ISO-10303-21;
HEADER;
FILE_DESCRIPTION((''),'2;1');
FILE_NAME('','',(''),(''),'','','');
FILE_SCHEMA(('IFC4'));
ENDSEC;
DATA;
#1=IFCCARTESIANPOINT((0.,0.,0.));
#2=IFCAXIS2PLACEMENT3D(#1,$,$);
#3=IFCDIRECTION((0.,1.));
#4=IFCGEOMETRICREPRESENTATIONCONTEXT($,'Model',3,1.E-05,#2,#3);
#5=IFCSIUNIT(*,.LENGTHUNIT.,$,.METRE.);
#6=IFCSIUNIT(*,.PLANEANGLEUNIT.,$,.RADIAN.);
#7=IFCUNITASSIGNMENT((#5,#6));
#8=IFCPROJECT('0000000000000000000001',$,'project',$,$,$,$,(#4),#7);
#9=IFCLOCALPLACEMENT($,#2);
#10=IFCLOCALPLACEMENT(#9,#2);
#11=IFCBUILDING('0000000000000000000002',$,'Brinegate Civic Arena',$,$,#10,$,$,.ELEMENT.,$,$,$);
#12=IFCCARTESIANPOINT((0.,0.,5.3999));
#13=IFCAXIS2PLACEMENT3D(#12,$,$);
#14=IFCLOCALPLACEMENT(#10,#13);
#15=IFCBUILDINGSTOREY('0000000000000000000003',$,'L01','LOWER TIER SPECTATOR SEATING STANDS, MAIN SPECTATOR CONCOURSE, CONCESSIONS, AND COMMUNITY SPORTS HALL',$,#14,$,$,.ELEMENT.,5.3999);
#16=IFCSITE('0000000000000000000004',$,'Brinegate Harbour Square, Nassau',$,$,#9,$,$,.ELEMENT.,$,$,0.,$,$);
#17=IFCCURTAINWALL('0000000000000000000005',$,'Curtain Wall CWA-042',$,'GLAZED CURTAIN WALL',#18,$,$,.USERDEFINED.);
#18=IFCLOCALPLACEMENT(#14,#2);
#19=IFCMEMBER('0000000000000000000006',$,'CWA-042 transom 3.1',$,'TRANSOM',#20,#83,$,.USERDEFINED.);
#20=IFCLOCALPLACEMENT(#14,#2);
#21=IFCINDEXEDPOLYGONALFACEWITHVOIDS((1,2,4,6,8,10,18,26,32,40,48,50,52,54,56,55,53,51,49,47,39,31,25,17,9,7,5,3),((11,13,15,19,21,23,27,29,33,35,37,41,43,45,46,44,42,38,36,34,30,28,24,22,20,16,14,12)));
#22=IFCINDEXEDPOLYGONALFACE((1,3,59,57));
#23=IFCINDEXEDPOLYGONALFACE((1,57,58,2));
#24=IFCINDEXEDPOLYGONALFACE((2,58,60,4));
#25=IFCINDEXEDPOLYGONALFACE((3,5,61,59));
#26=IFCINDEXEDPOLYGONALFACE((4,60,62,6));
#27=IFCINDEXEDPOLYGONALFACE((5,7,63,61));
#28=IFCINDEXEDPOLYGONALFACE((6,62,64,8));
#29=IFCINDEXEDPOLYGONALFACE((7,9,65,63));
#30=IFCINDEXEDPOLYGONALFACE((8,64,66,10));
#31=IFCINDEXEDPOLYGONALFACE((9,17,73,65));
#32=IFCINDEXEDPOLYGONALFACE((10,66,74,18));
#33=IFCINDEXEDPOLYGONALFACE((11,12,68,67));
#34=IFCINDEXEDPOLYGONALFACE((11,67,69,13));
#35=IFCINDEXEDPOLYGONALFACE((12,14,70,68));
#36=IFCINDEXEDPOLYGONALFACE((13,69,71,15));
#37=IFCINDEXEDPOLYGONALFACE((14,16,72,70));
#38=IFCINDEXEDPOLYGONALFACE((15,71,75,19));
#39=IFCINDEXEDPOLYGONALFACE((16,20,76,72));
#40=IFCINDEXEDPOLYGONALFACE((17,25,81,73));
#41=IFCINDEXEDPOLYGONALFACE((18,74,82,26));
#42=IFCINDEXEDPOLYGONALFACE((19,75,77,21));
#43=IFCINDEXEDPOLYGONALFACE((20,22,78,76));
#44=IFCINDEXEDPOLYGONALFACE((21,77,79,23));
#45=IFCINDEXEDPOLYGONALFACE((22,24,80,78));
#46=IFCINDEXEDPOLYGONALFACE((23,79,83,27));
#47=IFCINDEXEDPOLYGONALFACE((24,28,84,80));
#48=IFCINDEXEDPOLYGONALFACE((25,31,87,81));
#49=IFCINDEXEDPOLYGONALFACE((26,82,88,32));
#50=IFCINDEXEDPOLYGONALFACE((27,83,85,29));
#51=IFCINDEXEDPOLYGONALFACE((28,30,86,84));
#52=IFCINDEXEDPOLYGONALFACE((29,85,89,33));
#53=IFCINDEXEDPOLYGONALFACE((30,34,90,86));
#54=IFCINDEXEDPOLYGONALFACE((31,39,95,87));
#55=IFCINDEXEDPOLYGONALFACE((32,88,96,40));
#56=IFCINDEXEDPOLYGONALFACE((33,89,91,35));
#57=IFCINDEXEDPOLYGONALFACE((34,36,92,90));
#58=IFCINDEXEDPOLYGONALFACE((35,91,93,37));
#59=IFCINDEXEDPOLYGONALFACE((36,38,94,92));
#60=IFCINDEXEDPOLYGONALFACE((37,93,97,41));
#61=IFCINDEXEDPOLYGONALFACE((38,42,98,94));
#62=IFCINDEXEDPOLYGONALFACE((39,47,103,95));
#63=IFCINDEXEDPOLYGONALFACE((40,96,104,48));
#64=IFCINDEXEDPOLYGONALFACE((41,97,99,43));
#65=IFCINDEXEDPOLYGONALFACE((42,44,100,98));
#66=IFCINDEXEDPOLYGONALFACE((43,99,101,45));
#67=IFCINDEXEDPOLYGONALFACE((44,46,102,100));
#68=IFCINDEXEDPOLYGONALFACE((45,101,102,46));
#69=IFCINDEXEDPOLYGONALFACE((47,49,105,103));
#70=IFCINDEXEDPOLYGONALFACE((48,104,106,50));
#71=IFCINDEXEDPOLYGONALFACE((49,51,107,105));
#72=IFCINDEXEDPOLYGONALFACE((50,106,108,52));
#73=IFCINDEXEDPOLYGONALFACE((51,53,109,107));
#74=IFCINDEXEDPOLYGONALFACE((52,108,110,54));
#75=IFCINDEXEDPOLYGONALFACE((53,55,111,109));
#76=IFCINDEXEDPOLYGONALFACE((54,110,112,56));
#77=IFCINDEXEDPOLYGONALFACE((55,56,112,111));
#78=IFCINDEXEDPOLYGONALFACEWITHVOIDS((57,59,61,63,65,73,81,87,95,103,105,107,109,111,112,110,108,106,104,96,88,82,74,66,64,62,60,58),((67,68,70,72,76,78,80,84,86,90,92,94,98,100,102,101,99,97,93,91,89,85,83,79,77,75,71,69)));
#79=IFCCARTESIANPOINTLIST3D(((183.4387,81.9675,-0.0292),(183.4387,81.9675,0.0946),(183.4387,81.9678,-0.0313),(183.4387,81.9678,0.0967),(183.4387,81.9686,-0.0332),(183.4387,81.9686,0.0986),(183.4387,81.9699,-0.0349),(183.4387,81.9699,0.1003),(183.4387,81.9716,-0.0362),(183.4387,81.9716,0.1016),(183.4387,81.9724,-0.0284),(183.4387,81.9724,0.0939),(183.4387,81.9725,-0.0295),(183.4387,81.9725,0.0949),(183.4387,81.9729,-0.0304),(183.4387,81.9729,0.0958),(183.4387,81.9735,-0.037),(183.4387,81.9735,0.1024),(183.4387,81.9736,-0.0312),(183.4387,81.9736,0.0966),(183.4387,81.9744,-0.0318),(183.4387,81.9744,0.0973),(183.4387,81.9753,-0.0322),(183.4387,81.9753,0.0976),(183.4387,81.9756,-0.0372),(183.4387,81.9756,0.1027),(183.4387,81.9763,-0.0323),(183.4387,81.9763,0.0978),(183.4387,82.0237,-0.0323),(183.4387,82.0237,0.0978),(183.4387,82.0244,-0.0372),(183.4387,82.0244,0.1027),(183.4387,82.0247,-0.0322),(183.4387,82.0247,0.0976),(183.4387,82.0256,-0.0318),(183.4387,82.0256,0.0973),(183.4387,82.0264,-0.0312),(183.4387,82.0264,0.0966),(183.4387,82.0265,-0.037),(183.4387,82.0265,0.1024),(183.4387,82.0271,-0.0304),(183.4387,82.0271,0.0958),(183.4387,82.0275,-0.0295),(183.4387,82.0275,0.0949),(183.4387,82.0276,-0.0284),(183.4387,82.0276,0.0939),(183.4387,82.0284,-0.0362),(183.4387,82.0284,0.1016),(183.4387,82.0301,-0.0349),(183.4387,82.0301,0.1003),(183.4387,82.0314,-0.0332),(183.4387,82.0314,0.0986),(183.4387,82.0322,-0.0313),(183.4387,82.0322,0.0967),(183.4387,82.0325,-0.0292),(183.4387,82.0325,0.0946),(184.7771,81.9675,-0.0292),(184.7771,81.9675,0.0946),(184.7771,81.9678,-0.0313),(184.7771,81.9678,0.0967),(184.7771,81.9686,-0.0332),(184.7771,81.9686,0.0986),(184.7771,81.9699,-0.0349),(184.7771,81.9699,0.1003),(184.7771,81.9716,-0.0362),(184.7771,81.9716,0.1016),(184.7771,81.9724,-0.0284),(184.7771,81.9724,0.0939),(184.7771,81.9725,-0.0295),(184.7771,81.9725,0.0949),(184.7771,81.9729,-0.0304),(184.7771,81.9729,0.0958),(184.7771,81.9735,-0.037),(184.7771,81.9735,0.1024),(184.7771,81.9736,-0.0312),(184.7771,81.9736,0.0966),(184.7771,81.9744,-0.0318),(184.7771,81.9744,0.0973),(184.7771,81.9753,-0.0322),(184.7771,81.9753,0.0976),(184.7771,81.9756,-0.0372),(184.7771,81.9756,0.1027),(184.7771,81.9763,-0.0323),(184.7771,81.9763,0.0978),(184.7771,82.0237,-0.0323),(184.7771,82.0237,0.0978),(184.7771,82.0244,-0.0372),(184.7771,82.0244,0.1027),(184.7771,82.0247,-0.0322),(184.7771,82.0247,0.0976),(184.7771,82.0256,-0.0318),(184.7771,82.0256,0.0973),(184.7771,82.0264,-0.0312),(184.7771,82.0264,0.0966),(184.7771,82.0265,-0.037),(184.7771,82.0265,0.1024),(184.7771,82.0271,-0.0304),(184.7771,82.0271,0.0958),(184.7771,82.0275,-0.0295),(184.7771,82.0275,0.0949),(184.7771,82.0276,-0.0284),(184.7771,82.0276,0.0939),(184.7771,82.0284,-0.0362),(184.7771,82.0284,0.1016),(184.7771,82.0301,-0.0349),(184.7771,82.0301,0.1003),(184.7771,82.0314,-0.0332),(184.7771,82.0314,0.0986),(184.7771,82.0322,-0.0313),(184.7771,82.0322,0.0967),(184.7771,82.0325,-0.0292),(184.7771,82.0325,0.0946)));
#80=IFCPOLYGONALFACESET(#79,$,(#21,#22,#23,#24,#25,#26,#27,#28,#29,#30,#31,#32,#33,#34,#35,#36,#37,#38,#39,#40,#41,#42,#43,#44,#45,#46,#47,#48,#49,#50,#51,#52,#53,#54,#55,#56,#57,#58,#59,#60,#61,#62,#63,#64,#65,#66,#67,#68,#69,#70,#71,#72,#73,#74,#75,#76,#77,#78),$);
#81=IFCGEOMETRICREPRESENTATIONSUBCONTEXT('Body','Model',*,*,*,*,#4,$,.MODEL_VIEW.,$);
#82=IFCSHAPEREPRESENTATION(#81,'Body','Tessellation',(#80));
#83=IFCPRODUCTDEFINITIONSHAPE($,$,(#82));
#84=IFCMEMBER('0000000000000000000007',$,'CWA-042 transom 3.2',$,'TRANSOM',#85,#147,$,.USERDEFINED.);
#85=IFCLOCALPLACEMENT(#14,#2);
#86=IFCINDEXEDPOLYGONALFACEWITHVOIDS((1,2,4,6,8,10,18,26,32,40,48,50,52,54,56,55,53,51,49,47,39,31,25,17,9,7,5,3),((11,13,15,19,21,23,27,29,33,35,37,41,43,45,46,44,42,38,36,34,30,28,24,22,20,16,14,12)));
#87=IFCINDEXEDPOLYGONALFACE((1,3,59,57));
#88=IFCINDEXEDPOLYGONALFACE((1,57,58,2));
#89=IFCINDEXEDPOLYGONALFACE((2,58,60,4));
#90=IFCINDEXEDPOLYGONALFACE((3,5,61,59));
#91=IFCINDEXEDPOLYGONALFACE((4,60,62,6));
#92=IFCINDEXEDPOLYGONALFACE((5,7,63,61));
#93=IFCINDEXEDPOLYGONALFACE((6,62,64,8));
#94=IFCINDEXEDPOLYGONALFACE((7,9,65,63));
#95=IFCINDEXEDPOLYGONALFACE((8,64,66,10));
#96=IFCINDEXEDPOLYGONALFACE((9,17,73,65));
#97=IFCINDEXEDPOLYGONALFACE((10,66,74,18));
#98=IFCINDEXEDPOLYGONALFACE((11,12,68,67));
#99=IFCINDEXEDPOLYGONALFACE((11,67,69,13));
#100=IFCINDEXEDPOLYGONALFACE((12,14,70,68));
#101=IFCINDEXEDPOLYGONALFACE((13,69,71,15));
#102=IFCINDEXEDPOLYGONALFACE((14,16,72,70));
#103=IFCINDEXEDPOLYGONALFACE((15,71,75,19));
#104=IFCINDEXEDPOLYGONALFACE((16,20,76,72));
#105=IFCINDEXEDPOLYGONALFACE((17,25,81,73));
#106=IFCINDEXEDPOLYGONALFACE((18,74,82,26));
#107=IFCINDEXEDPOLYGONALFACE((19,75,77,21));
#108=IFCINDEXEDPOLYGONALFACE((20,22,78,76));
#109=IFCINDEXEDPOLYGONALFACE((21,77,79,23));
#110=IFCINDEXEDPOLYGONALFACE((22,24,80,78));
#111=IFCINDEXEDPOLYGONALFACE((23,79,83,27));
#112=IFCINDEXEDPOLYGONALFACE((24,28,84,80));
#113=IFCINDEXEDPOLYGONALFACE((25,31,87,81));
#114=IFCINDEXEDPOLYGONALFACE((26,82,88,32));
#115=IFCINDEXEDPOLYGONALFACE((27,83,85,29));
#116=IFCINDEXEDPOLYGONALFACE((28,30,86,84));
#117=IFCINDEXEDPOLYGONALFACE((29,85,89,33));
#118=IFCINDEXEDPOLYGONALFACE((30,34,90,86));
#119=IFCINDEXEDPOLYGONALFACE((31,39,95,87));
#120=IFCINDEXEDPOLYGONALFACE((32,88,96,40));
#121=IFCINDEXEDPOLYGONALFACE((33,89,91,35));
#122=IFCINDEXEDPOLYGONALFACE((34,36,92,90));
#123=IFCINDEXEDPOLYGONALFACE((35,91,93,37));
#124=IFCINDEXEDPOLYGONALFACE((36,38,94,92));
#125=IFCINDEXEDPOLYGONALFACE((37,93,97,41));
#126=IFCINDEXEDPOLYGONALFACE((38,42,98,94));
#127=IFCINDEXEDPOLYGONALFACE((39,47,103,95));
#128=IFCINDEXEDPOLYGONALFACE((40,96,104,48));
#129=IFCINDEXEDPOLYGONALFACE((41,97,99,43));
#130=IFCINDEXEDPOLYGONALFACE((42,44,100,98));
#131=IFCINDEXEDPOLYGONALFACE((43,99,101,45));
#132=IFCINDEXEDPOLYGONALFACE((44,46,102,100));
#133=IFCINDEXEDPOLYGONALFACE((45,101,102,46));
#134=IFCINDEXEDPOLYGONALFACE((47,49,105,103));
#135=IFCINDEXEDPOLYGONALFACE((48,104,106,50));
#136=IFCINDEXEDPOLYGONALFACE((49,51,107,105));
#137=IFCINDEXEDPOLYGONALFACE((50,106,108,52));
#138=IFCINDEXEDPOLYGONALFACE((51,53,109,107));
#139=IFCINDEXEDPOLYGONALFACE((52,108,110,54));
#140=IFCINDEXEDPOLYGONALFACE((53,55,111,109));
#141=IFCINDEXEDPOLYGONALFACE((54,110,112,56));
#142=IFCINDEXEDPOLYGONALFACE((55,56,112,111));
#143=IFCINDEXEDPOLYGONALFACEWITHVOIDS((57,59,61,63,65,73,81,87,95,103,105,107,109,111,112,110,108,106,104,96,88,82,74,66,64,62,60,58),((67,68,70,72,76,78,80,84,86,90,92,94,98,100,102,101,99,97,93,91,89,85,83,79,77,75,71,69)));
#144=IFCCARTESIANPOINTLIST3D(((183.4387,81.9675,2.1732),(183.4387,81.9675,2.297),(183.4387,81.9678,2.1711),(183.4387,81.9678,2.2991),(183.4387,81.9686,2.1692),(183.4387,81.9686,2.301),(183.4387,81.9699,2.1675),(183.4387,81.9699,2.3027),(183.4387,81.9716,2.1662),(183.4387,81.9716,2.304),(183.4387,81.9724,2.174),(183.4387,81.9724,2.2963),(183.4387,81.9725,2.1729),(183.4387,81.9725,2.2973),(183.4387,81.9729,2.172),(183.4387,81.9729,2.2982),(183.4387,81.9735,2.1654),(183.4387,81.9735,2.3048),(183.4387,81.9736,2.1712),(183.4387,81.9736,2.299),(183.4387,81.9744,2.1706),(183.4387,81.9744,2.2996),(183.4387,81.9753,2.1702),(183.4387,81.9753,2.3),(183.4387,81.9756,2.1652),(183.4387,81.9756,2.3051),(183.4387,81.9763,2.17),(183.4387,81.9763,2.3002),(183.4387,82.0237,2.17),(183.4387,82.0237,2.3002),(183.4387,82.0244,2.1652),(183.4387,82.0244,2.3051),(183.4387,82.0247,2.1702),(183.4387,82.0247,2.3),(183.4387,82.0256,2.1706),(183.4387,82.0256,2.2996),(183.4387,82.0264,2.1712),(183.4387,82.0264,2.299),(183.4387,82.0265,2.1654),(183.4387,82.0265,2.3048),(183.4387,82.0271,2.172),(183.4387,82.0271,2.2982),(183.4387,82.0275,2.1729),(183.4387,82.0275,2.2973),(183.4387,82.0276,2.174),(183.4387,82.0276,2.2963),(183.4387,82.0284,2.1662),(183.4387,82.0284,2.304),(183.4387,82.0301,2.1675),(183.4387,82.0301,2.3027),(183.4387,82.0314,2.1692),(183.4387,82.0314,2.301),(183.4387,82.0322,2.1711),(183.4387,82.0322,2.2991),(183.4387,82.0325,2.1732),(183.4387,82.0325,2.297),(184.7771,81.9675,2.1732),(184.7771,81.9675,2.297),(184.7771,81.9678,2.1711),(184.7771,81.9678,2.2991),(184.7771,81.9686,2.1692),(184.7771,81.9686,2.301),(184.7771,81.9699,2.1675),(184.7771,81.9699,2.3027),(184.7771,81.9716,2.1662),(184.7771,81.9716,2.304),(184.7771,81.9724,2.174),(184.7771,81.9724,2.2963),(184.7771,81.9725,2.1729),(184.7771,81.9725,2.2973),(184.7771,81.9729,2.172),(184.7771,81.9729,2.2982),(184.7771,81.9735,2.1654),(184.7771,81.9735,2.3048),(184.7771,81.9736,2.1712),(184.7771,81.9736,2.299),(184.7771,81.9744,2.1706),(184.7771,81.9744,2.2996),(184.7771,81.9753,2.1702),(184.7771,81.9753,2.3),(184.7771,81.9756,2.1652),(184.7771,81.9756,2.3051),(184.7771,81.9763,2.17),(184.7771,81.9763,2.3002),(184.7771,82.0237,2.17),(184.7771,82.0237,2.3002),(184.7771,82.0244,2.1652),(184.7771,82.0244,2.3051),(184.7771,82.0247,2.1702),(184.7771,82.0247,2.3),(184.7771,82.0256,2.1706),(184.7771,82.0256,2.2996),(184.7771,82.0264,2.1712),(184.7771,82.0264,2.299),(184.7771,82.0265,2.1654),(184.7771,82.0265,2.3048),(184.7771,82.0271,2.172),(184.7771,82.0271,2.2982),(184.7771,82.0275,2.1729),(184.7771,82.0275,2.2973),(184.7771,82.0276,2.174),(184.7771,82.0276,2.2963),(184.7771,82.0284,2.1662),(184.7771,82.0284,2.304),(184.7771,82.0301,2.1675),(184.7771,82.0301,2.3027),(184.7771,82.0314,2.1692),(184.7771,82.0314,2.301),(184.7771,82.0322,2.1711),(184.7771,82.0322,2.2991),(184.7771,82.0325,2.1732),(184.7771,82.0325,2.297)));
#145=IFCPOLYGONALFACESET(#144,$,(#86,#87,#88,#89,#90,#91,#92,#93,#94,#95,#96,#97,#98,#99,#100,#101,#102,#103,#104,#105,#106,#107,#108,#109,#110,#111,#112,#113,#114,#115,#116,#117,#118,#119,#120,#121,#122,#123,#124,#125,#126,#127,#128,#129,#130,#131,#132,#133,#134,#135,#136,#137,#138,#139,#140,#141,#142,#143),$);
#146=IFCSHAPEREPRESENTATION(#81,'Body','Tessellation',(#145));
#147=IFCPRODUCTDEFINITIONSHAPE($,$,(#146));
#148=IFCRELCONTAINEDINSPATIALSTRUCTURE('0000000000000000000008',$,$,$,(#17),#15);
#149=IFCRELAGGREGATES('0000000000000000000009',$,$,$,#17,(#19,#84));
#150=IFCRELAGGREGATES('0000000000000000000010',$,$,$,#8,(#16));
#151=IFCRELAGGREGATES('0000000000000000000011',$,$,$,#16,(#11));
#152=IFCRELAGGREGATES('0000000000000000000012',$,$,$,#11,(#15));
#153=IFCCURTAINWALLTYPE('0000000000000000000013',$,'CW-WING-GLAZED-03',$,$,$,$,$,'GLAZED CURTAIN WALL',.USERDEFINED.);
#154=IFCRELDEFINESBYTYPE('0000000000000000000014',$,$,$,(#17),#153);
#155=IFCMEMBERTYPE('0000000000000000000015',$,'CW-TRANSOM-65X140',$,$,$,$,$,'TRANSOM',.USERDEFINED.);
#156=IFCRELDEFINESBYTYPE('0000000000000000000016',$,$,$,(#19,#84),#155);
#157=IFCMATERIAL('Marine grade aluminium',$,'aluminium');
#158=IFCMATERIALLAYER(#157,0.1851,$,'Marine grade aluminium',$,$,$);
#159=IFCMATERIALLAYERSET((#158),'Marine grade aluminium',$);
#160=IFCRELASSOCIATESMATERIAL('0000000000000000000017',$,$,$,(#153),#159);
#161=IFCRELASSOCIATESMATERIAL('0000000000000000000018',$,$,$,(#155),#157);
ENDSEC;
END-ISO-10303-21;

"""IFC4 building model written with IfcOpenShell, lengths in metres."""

from ifc_helpers import new_model, si_unit, direction, frame, origin, origin_2d, place, context, subcontext, project, spatial, hollow_rectangle, extrude, material, layer, layer_set, material_profile, profile_set, type_object, element, aggregate, save


model = new_model("IFC4")

# Units and contexts
model_context = context("Model", 3, precision=1e-05, world=origin(), true_north=direction((0.0, 1.0)))
body_context = subcontext(model_context, "Body", "Model", "MODEL_VIEW")
ifc_project = project(units=[si_unit("LENGTHUNIT", "METRE"), si_unit("PLANEANGLEUNIT", "RADIAN")], contexts=[model_context])

# Site, building, storey
site_placement = place(None, origin())
site = spatial("IfcSite", under=ifc_project, at=site_placement, Name="Brinegate Harbour Square, Nassau", CompositionType="ELEMENT", RefElevation=0.0)
building_placement = place(site_placement, origin())
building = spatial("IfcBuilding", under=site, at=building_placement, Name="Brinegate Civic Arena", CompositionType="ELEMENT")
storey_placement = place(building_placement, frame((0.0, 0.0, 5.3999)))
storey = spatial("IfcBuildingStorey", under=building, at=storey_placement, Name="L01", Description="LOWER TIER SPECTATOR SEATING STANDS, MAIN SPECTATOR CONCOURSE, CONCESSIONS, AND COMMUNITY SPORTS HALL", CompositionType="ELEMENT", Elevation=5.3999)

# Curtain wall, members
ifc_material_1 = material(Name="Marine grade aluminium", Category="aluminium")
ifc_layer_1 = layer(ifc_material_1, 0.1851, Name="Marine grade aluminium")
ifc_layer_set_1 = layer_set([ifc_layer_1], Name="Marine grade aluminium")
curtain_wall_type = type_object("IfcCurtainWallType", Name="CW-WING-GLAZED-03", ElementType="GLAZED CURTAIN WALL", PredefinedType="USERDEFINED", material=ifc_layer_set_1)
curtain_wall_placement = place(storey_placement, origin())
curtain_wall = element("IfcCurtainWall", 1, at=curtain_wall_placement, inside=storey, type_object=curtain_wall_type, Name="Curtain Wall CWA-042", ObjectType="GLAZED CURTAIN WALL", PredefinedType="USERDEFINED")
ifc_material_profile_1 = material_profile(ifc_material_1, hollow_rectangle(XDim=0.0649, YDim=0.1399, WallThickness=0.0049, InnerFilletRadius=0.0039, OuterFilletRadius=0.0081, at=origin_2d()), Name="TRN65X140")
ifc_profile_set_1 = profile_set([ifc_material_profile_1], Name="Marine grade aluminium")
member_type_1 = type_object("IfcMemberType", Name="CW-TRANSOM-65X140", ElementType="TRANSOM", PredefinedType="USERDEFINED", material=ifc_profile_set_1)
member_1_placement = place(storey_placement, frame((183.4387, 82.0, 0.0327), z_axis=(1.0, 0.0, 0.0), x_axis=(0.0, 1.0, 0.0)))
member_1 = element("IfcMember", 2, at=member_1_placement, type_object=member_type_1, Name="CWA-042 transom 3.1", ObjectType="TRANSOM", PredefinedType="USERDEFINED", context=body_context, shape_type="SweptSolid", body=[
    extrude(hollow_rectangle(XDim=0.0649, YDim=0.1399, WallThickness=0.0049, InnerFilletRadius=0.0039, OuterFilletRadius=0.0081, at=origin_2d()), origin(), (0.0, 0.0, 1.0), 1.3384),
])
member_2_placement = place(storey_placement, frame((183.4387, 82.0, 2.2351), z_axis=(1.0, 0.0, 0.0), x_axis=(0.0, 1.0, 0.0)))
member_2 = element("IfcMember", 3, at=member_2_placement, type_object=member_type_1, Name="CWA-042 transom 3.2", ObjectType="TRANSOM", PredefinedType="USERDEFINED", context=body_context, shape_type="SweptSolid", body=[
    extrude(hollow_rectangle(XDim=0.0649, YDim=0.1399, WallThickness=0.0049, InnerFilletRadius=0.0039, OuterFilletRadius=0.0081, at=origin_2d()), origin(), (0.0, 0.0, 1.0), 1.3384),
])
aggregate(curtain_wall, [member_1, member_2])

save(model, "model.ifc")
